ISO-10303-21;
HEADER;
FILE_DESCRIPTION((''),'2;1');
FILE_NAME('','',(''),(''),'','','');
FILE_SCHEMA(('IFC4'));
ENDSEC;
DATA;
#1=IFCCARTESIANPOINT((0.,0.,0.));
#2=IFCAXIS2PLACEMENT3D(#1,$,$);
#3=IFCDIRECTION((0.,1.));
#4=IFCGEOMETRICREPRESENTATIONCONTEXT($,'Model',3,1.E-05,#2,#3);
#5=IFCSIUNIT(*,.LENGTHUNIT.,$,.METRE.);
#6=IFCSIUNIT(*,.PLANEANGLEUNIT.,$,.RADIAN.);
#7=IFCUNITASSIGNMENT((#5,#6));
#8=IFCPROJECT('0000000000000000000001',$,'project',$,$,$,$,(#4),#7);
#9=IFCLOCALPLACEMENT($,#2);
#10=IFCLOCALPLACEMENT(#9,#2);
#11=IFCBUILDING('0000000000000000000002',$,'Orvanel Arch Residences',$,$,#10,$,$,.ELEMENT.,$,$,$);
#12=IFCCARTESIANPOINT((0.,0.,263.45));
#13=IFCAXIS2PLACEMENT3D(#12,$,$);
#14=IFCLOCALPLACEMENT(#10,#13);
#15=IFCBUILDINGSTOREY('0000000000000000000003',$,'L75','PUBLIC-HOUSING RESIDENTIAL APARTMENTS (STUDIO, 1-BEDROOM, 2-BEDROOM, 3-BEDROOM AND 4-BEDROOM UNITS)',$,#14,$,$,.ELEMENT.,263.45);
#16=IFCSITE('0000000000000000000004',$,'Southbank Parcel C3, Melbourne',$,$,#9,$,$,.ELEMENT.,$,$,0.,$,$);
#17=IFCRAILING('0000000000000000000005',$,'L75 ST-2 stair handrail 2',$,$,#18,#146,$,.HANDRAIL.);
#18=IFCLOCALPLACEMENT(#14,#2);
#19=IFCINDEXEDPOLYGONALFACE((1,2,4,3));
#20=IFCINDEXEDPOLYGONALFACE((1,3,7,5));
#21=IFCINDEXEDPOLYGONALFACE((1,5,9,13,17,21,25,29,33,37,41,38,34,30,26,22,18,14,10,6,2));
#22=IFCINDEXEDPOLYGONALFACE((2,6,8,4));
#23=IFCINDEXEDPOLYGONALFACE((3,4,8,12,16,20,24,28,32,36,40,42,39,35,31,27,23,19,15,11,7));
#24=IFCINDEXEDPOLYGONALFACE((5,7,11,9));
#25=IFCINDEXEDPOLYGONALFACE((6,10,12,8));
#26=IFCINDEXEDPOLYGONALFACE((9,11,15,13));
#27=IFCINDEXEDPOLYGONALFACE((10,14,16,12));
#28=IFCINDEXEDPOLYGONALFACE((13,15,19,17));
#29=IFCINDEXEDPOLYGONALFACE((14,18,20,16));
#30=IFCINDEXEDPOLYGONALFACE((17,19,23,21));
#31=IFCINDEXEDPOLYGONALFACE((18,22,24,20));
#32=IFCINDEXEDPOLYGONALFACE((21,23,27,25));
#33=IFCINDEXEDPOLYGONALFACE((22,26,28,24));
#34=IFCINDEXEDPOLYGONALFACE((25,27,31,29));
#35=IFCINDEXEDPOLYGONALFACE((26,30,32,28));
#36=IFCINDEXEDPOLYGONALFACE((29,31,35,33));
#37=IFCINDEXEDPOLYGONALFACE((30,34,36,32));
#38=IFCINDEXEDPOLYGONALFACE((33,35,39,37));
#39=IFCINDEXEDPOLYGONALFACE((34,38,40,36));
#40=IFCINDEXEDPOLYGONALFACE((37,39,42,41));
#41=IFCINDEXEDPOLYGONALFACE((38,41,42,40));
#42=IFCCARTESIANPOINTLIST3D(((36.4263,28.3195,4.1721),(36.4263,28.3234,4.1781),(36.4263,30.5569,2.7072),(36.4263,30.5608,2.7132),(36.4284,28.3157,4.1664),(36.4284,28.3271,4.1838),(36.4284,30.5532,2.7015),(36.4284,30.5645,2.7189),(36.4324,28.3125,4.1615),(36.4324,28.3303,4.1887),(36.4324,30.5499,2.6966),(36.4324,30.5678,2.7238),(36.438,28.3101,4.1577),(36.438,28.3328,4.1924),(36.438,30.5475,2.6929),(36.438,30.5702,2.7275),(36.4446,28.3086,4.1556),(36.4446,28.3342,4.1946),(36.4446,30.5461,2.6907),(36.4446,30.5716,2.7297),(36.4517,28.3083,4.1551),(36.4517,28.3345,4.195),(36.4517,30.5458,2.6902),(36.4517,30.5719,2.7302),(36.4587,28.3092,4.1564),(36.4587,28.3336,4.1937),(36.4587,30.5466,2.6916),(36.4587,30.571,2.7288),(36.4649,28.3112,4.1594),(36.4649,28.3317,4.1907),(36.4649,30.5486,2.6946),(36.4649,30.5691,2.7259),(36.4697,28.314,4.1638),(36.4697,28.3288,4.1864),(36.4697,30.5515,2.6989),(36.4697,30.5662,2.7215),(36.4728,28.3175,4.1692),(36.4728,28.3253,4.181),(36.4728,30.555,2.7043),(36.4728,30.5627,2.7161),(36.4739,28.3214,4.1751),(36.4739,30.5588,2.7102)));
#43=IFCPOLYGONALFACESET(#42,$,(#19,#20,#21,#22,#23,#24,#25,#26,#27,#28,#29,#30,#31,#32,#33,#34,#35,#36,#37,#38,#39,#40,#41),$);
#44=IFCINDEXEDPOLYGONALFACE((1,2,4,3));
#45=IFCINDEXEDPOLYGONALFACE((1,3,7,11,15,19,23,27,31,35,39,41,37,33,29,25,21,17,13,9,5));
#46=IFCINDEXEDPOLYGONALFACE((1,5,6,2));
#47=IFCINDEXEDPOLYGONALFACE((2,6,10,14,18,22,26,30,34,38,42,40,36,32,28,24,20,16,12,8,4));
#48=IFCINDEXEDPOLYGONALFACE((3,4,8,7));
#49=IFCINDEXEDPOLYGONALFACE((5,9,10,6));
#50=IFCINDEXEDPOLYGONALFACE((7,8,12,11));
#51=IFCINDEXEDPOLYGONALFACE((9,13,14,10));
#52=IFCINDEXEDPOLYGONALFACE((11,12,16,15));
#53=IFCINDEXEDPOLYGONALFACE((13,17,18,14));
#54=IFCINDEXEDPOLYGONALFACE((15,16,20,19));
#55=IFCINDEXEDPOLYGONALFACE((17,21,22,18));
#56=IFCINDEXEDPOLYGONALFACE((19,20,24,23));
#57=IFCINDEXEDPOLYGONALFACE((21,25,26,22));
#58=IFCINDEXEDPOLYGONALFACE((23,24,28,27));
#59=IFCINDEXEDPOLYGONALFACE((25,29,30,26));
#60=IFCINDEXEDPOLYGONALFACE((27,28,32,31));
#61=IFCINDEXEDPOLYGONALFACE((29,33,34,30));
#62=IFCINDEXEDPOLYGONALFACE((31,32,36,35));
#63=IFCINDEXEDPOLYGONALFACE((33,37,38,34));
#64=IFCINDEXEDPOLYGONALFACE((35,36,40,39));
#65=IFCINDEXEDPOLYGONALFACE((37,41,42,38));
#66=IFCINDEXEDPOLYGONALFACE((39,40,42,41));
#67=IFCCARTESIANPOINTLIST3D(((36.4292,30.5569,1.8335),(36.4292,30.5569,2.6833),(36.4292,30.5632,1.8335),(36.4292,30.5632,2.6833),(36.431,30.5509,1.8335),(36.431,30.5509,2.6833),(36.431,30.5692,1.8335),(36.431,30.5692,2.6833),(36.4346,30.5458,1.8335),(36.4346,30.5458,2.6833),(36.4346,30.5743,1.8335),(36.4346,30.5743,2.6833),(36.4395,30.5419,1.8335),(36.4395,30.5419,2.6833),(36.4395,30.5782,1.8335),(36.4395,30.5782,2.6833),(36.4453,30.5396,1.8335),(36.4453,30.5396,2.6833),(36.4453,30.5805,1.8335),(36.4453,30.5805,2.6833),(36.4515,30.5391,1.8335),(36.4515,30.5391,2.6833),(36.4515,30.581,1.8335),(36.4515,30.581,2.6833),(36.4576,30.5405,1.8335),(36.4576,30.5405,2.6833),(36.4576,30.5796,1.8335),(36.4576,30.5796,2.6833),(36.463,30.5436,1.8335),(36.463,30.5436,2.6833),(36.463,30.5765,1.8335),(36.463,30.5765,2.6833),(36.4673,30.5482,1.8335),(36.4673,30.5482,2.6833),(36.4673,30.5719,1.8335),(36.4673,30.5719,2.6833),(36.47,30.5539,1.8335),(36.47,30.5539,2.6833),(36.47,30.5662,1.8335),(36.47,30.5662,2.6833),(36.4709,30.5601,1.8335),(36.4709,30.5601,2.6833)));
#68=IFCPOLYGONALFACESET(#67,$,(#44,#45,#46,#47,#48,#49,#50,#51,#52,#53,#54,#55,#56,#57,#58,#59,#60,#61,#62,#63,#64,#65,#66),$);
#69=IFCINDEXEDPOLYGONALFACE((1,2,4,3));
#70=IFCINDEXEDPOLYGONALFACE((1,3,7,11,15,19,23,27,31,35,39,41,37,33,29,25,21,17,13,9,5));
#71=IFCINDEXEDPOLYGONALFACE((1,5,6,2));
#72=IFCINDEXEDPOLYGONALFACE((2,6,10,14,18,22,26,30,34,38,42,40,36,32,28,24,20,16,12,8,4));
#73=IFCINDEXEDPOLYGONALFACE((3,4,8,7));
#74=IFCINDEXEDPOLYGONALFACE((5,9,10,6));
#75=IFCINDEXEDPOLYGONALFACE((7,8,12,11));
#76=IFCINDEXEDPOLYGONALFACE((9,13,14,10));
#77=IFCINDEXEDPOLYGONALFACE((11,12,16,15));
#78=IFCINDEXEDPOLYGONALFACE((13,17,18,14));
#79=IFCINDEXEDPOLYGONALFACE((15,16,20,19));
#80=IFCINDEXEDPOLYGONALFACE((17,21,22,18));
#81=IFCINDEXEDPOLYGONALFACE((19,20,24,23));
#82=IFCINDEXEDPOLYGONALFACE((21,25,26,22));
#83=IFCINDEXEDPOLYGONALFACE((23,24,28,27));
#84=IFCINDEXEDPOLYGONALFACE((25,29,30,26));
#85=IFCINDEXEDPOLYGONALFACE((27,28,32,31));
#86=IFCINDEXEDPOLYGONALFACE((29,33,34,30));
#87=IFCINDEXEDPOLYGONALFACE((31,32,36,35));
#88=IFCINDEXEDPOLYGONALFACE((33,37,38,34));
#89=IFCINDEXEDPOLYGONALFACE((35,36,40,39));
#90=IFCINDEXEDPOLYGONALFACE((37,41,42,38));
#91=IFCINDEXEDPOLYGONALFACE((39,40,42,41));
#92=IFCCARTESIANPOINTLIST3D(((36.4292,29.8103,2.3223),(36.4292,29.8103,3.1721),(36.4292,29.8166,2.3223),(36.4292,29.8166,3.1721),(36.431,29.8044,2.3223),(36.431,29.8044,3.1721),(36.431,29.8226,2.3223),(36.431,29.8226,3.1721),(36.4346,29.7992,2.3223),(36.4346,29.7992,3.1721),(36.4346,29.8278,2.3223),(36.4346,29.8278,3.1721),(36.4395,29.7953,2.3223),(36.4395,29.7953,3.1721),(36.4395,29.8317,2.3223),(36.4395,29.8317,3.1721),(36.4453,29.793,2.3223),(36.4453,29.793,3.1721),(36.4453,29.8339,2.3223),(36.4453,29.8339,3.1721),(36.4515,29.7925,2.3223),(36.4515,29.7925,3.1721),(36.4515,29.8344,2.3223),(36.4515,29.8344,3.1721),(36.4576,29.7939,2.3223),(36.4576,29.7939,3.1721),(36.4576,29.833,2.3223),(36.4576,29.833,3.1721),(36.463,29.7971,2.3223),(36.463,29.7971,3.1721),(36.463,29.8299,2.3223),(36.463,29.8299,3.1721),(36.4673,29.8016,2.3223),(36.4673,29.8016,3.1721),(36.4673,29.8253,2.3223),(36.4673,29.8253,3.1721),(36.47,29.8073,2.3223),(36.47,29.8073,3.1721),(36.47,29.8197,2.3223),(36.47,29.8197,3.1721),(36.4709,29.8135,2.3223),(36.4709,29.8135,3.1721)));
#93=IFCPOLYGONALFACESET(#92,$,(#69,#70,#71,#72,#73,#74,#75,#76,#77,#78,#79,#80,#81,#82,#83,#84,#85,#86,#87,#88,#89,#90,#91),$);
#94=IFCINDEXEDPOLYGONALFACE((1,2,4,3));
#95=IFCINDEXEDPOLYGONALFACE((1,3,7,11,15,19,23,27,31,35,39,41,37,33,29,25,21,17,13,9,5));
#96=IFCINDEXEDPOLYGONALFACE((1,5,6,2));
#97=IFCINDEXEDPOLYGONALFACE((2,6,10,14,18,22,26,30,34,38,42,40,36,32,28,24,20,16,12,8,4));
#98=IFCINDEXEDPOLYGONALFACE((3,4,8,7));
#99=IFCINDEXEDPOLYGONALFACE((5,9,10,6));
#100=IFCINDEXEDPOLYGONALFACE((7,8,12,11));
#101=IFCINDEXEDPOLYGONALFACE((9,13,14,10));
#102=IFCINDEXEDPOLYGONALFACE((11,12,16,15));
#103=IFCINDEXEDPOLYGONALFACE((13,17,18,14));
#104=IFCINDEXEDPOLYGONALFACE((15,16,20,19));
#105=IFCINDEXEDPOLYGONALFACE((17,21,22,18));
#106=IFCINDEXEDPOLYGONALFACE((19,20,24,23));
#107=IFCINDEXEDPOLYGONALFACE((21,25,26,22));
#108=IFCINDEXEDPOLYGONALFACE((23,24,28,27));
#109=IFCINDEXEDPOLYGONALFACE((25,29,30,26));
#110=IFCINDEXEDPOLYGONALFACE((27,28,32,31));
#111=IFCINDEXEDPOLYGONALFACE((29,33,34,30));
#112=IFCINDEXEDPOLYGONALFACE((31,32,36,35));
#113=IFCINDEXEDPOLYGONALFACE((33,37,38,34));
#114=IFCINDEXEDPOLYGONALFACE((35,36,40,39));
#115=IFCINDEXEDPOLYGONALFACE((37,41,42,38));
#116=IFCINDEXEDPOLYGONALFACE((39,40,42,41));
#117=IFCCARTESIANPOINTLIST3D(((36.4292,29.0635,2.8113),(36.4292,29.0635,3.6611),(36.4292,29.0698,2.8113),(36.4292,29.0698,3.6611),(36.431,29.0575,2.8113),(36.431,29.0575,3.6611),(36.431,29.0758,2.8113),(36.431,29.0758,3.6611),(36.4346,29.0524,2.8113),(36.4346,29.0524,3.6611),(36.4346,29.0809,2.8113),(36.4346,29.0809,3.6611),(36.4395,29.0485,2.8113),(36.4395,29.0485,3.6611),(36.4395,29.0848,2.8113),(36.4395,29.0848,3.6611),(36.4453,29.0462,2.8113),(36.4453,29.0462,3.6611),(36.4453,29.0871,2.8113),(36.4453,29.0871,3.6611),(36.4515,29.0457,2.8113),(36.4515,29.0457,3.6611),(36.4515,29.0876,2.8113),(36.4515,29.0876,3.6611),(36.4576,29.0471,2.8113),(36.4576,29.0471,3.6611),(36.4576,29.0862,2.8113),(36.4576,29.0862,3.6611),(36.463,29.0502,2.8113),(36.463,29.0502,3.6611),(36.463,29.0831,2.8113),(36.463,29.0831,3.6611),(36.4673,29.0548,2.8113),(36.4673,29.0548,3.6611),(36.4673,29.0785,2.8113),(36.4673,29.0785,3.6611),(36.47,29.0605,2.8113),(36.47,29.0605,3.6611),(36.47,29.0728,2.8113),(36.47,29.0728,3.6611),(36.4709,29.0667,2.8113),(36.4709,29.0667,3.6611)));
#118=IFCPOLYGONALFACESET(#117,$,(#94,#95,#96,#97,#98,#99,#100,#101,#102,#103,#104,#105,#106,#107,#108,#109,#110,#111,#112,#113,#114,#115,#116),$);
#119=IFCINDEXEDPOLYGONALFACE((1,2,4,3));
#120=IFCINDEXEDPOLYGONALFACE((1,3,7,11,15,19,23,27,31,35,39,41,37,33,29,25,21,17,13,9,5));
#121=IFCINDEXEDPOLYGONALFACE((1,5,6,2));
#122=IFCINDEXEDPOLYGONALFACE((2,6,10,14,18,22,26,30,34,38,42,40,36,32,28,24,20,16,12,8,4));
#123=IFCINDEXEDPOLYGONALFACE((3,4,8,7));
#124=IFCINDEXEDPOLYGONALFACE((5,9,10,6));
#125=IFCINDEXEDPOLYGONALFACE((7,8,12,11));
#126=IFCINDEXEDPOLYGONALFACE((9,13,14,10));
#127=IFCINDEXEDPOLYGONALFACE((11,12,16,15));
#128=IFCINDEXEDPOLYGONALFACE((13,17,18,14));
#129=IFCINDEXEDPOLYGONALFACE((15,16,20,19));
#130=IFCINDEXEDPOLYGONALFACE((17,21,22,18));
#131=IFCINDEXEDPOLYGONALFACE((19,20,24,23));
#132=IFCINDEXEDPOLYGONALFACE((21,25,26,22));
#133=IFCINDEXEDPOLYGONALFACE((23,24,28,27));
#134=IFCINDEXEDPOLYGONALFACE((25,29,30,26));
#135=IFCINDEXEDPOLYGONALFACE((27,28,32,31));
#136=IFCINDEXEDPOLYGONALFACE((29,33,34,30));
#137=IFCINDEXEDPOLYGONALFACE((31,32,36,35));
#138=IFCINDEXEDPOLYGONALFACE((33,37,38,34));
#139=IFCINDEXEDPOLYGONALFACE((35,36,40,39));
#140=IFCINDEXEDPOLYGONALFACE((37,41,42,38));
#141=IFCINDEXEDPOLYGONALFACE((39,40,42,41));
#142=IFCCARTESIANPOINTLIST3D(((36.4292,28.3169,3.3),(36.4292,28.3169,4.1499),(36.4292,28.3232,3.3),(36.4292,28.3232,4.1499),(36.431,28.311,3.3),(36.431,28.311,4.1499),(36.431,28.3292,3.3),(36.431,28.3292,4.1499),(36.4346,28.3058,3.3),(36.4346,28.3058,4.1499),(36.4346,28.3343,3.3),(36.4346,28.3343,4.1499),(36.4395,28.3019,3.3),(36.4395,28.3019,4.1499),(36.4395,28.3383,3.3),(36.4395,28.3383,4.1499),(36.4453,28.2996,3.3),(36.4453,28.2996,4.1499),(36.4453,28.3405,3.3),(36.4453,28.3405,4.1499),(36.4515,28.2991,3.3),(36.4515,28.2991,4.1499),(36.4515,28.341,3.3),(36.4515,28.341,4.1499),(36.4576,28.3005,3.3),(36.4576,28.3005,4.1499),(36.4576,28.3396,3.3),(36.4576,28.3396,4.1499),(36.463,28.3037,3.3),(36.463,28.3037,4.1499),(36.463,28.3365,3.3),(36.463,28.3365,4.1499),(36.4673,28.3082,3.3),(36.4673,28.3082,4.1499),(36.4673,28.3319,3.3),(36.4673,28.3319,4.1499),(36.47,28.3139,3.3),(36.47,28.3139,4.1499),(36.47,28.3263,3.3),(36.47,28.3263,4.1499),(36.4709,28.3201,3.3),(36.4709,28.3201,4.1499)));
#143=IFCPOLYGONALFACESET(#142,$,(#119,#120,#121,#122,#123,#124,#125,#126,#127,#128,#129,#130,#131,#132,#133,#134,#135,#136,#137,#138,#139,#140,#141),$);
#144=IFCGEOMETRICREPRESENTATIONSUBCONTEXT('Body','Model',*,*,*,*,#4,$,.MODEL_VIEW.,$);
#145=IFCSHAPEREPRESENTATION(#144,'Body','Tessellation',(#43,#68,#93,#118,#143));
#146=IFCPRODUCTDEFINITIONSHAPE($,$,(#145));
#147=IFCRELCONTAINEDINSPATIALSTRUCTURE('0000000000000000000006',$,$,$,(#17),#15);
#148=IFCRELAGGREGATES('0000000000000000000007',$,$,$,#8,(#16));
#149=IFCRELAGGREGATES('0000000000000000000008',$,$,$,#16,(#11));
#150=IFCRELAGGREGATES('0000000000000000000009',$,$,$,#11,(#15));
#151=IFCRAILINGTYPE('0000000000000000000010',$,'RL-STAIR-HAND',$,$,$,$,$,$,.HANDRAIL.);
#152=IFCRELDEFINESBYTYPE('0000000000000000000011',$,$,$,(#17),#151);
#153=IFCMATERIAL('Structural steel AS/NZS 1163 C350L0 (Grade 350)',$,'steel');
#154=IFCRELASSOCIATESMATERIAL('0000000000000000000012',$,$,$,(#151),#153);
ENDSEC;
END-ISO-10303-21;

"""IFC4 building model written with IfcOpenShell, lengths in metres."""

from ifc_helpers import new_model, si_unit, direction, frame, origin, origin_2d, place, context, subcontext, project, spatial, circle, extrude, material, type_object, element, save


model = new_model("IFC4")

# Units and contexts
model_context = context("Model", 3, precision=1e-05, world=origin(), true_north=direction((0.0, 1.0)))
body_context = subcontext(model_context, "Body", "Model", "MODEL_VIEW")
ifc_project = project(units=[si_unit("LENGTHUNIT", "METRE"), si_unit("PLANEANGLEUNIT", "RADIAN")], contexts=[model_context])

# Site, building, storey
site_placement = place(None, origin())
site = spatial("IfcSite", under=ifc_project, at=site_placement, Name="Southbank Parcel C3, Melbourne", CompositionType="ELEMENT", RefElevation=0.0)
building_placement = place(site_placement, origin())
building = spatial("IfcBuilding", under=site, at=building_placement, Name="Orvanel Arch Residences", CompositionType="ELEMENT")
storey_placement = place(building_placement, frame((0.0, 0.0, 263.45)))
storey = spatial("IfcBuildingStorey", under=building, at=storey_placement, Name="L75", Description="PUBLIC-HOUSING RESIDENTIAL APARTMENTS (STUDIO, 1-BEDROOM, 2-BEDROOM, 3-BEDROOM AND 4-BEDROOM UNITS)", CompositionType="ELEMENT", Elevation=263.45)

# Railing
ifc_material_1 = material(Name="Structural steel AS/NZS 1163 C350L0 (Grade 350)", Category="steel")
railing_type_1 = type_object("IfcRailingType", Name="RL-STAIR-HAND", PredefinedType="HANDRAIL", material=ifc_material_1)
railing_1_placement = place(storey_placement, frame((36.45, 30.5601, 1.8335)))
element("IfcRailing", 1, at=railing_1_placement, inside=storey, type_object=railing_type_1, Name="L75 ST-2 stair handrail 2", PredefinedType="HANDRAIL", context=body_context, shape_type="SweptSolid", body=[
    extrude(circle(Radius=0.0239, at=origin_2d()), frame((0.0, -0.0012, 0.8767), z_axis=(0.0, -0.836637, 0.547758), x_axis=(1.0, 0.0, 0.0)), (0.0, 0.0, 1.0), 2.6743),
    extrude(circle(Radius=0.021, at=origin_2d()), origin(), (0.0, 0.0, 1.0), 0.8499),
    extrude(circle(Radius=0.021, at=origin_2d()), frame((0.0, -0.7466, 0.4888)), (0.0, 0.0, 1.0), 0.8499),
    extrude(circle(Radius=0.021, at=origin_2d()), frame((0.0, -1.4934, 0.9778)), (0.0, 0.0, 1.0), 0.8499),
    extrude(circle(Radius=0.021, at=origin_2d()), frame((0.0, -2.24, 1.4666)), (0.0, 0.0, 1.0), 0.8499),
])

save(model, "model.ifc")
